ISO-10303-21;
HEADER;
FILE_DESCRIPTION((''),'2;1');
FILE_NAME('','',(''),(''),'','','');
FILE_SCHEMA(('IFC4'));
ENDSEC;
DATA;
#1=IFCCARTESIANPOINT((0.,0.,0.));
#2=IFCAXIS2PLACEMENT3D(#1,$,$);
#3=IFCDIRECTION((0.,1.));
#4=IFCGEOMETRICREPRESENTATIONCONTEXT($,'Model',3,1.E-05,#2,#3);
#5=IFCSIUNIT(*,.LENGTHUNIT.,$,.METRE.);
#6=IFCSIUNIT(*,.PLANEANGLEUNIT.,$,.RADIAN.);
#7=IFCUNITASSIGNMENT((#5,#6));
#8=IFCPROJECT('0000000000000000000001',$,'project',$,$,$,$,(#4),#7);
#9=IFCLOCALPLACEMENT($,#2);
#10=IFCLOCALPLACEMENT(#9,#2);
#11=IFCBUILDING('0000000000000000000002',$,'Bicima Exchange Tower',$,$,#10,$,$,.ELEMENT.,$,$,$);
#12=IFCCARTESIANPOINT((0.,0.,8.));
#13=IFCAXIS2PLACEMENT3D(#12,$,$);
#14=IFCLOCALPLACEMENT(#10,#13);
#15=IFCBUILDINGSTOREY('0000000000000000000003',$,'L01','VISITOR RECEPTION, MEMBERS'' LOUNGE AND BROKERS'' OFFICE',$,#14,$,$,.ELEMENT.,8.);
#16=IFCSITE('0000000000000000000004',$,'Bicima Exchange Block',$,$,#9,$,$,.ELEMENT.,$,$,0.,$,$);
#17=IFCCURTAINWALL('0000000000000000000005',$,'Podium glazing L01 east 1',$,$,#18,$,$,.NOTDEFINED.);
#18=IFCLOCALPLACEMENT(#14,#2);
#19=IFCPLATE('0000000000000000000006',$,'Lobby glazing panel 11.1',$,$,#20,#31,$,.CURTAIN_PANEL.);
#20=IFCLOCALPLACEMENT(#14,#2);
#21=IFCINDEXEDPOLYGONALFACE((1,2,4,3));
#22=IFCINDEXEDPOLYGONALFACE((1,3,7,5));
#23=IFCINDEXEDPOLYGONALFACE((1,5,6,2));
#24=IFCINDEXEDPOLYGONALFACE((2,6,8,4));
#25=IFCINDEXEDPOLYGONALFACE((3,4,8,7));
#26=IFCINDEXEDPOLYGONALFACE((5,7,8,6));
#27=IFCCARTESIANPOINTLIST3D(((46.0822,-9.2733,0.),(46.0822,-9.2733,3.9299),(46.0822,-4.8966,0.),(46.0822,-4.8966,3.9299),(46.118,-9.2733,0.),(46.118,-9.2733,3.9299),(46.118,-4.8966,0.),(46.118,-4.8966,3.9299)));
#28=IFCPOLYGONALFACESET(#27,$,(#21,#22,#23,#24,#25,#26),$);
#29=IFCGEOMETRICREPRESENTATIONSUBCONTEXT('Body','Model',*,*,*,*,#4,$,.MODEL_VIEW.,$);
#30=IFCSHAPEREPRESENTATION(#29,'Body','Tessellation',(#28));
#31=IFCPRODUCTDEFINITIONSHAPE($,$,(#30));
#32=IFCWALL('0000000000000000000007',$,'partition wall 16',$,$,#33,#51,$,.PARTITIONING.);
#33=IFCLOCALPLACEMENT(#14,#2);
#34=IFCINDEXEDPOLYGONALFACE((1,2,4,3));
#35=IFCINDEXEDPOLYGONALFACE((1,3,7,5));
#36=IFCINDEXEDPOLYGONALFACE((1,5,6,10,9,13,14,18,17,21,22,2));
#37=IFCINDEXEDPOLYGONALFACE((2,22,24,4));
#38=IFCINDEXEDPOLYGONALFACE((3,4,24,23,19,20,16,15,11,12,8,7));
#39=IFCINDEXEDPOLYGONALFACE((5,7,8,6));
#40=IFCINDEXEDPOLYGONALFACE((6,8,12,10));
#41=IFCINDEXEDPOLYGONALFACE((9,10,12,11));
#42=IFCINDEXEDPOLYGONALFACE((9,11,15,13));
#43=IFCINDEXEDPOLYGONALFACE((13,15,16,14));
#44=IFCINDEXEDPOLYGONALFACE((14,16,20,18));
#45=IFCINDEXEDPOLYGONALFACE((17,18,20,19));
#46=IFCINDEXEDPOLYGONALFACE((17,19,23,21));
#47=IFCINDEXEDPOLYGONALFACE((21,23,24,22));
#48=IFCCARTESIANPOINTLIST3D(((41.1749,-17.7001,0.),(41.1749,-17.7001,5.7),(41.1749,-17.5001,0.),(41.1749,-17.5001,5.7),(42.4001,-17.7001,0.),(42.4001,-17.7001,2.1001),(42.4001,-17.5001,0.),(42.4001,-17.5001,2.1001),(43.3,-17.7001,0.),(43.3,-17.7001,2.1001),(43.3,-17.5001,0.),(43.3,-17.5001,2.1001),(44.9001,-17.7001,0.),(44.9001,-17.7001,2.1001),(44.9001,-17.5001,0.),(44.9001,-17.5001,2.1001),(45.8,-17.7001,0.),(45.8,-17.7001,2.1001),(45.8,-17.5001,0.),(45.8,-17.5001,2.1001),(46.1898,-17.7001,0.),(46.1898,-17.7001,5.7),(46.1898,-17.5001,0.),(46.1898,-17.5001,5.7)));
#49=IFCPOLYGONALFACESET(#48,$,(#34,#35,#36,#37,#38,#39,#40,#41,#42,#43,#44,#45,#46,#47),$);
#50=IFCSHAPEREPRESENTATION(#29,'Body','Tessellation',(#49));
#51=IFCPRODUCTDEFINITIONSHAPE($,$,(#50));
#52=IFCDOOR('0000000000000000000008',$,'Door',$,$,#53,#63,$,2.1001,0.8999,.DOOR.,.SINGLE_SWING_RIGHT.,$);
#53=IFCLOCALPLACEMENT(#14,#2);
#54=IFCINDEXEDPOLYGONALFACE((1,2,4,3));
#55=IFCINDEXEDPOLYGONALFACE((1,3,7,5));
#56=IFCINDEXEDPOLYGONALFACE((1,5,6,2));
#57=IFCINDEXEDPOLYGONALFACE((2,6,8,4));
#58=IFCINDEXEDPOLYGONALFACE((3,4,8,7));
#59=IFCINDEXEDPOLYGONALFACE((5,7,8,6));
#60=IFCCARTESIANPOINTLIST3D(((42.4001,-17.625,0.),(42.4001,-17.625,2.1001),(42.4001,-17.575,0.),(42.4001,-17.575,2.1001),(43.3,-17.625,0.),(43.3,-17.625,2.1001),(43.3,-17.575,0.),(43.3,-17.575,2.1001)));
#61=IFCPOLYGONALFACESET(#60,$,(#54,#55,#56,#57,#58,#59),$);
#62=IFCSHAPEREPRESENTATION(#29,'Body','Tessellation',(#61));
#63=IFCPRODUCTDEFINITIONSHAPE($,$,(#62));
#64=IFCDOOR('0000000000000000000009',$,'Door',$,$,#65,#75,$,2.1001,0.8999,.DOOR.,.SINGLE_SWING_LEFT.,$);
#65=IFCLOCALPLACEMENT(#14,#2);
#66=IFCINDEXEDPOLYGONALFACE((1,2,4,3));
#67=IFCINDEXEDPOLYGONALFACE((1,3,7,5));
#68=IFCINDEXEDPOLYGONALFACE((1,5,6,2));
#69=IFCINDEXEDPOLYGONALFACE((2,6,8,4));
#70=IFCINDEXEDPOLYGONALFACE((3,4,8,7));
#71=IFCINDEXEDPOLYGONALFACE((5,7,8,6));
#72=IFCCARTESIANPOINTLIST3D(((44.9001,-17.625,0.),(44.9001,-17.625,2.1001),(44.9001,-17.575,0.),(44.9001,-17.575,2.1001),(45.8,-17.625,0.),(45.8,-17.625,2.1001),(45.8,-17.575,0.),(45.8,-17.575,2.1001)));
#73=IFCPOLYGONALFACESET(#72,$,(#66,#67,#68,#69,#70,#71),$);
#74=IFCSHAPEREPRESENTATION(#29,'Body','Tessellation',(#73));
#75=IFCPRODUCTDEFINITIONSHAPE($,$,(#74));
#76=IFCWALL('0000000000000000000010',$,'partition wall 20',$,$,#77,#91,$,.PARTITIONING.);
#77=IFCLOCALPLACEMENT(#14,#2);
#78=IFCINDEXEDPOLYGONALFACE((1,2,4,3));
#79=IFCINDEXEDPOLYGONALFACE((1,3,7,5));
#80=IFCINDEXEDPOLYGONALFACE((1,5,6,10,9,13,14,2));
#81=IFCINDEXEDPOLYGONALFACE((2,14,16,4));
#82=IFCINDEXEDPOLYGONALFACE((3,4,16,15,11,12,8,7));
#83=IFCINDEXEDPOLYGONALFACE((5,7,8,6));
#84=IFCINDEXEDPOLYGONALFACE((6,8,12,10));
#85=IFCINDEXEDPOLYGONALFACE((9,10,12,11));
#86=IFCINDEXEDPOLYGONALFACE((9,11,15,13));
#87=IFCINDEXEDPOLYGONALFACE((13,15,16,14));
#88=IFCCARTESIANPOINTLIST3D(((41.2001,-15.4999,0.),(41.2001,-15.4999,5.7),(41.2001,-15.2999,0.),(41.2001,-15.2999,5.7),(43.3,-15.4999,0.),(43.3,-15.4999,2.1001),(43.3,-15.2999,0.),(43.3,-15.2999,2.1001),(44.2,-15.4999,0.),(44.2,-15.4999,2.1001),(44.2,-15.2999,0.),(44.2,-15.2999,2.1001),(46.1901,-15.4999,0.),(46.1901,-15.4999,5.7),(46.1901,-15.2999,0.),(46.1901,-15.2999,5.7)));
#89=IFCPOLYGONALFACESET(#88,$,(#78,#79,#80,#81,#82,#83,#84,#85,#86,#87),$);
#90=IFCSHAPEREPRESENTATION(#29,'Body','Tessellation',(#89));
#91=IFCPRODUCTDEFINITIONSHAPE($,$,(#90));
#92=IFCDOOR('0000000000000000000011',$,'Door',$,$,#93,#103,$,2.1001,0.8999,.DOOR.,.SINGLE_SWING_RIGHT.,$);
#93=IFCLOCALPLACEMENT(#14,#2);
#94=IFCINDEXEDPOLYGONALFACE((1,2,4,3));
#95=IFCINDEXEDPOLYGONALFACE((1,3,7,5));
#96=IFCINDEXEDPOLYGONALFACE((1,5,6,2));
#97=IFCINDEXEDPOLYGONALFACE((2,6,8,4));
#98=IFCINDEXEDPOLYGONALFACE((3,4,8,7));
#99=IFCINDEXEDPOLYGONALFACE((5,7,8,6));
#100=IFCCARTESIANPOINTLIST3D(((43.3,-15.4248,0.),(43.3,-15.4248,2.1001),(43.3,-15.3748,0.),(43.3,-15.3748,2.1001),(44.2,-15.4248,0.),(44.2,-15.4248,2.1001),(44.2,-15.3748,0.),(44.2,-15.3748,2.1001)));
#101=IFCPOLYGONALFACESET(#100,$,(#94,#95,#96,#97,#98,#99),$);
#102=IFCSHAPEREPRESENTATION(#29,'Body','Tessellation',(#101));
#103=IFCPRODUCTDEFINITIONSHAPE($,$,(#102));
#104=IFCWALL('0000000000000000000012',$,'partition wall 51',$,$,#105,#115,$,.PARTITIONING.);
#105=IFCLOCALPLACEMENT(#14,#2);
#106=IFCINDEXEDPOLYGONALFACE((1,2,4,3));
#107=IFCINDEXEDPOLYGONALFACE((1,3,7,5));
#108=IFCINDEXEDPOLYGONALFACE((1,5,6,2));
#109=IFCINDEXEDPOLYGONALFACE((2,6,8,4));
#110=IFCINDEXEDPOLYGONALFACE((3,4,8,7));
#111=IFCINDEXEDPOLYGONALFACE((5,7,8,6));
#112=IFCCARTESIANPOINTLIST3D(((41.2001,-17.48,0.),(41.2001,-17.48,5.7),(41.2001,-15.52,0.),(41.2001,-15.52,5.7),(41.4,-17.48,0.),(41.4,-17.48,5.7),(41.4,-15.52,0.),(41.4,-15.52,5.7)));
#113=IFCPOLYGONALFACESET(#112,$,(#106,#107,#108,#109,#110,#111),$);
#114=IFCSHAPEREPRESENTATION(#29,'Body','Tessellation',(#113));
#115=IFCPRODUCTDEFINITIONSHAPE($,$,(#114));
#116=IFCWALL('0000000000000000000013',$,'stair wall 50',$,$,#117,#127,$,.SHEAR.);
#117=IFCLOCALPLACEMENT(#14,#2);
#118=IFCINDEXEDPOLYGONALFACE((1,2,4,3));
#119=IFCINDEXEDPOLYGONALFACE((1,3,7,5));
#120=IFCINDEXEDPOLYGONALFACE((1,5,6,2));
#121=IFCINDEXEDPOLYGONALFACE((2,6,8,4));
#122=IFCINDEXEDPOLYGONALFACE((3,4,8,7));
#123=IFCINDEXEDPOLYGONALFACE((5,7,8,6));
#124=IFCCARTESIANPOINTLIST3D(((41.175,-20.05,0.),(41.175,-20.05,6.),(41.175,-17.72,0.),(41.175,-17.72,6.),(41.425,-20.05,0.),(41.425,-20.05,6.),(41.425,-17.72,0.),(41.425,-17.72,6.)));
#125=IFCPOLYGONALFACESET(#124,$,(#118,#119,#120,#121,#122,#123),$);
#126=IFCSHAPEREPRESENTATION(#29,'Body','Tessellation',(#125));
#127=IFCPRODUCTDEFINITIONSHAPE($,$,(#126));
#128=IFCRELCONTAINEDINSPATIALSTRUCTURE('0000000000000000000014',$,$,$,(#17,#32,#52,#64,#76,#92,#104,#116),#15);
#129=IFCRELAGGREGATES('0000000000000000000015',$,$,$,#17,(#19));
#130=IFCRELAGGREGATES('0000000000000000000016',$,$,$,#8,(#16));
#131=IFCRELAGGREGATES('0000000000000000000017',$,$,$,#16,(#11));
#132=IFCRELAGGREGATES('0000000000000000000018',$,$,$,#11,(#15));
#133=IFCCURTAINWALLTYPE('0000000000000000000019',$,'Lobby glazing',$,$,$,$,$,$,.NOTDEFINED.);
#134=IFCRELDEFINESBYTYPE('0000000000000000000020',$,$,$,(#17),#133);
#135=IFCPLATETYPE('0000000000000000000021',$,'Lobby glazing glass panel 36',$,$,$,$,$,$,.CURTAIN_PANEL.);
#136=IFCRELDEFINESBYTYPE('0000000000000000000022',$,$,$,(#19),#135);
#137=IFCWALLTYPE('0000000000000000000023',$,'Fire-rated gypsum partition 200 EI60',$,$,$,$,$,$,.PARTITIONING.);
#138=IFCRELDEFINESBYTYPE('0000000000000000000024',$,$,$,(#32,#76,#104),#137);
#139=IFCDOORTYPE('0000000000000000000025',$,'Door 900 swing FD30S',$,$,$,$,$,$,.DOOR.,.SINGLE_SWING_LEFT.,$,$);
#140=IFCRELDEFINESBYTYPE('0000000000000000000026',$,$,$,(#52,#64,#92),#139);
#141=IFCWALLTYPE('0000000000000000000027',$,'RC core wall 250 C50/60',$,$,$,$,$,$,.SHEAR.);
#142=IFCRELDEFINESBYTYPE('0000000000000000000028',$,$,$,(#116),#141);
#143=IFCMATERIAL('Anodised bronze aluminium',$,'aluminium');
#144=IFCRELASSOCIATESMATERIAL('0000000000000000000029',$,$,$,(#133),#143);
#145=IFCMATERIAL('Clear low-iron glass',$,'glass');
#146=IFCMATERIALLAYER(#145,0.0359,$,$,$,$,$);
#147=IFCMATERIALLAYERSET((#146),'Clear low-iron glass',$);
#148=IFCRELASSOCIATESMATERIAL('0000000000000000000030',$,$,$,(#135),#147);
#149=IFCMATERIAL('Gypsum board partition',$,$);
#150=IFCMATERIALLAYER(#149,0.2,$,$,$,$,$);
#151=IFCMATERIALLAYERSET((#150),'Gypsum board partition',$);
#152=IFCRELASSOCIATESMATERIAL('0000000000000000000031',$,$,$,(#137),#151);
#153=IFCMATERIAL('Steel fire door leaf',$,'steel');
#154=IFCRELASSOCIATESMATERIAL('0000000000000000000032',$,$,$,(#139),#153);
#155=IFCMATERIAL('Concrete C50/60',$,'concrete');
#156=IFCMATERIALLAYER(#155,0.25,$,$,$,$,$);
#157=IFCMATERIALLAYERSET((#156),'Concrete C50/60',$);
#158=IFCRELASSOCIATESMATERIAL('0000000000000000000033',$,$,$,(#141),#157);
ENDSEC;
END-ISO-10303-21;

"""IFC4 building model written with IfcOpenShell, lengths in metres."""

from ifc_helpers import new_model, si_unit, direction, frame, frame_2d, origin, origin_2d, place, context, subcontext, project, spatial, rectangle, extrude, material, layer, layer_set, type_object, element, fill, aggregate, save


model = new_model("IFC4")

# Units and contexts
model_context = context("Model", 3, precision=1e-05, world=origin(), true_north=direction((0.0, 1.0)))
body_context = subcontext(model_context, "Body", "Model", "MODEL_VIEW")
ifc_project = project(units=[si_unit("LENGTHUNIT", "METRE"), si_unit("PLANEANGLEUNIT", "RADIAN")], contexts=[model_context])

# Site, building, storey
site_placement = place(None, origin())
site = spatial("IfcSite", under=ifc_project, at=site_placement, Name="Bicima Exchange Block", CompositionType="ELEMENT", RefElevation=0.0)
building_placement = place(site_placement, origin())
building = spatial("IfcBuilding", under=site, at=building_placement, Name="Bicima Exchange Tower", CompositionType="ELEMENT")
storey_placement = place(building_placement, frame((0.0, 0.0, 8.0)))
storey = spatial("IfcBuildingStorey", under=building, at=storey_placement, Name="L01", Description="VISITOR RECEPTION, MEMBERS' LOUNGE AND BROKERS' OFFICE", CompositionType="ELEMENT", Elevation=8.0)

# Curtain wall, plate
ifc_material_1 = material(Name="Anodised bronze aluminium", Category="aluminium")
curtain_wall_type = type_object("IfcCurtainWallType", Name="Lobby glazing", PredefinedType="NOTDEFINED", material=ifc_material_1)
curtain_wall_placement = place(storey_placement, origin())
curtain_wall = element("IfcCurtainWall", 1, at=curtain_wall_placement, inside=storey, type_object=curtain_wall_type, Name="Podium glazing L01 east 1", PredefinedType="NOTDEFINED")
ifc_material_2 = material(Name="Clear low-iron glass", Category="glass")
ifc_layer_1 = layer(ifc_material_2, 0.0359)
ifc_layer_set_1 = layer_set([ifc_layer_1], Name="Clear low-iron glass")
plate_type = type_object("IfcPlateType", Name="Lobby glazing glass panel 36", PredefinedType="CURTAIN_PANEL", material=ifc_layer_set_1)
plate_1_placement = place(storey_placement, frame((46.1001, -7.085, 0.0), z_axis=(0.0, 0.0, 1.0), x_axis=(0.0, 1.0, 0.0)))
plate_1 = element("IfcPlate", 2, at=plate_1_placement, type_object=plate_type, Name="Lobby glazing panel 11.1", PredefinedType="CURTAIN_PANEL", context=body_context, shape_type="SweptSolid", body=[
    extrude(rectangle(XDim=4.3767, YDim=0.0359, at=origin_2d()), origin(), (0.0, 0.0, 1.0), 3.9299),
])
aggregate(curtain_wall, [plate_1])

# Wall, openings, doors
ifc_material_3 = material(Name="Gypsum board partition")
ifc_layer_2 = layer(ifc_material_3, 0.2)
ifc_layer_set_2 = layer_set([ifc_layer_2], Name="Gypsum board partition")
wall_type_1 = type_object("IfcWallType", Name="Fire-rated gypsum partition 200 EI60", PredefinedType="PARTITIONING", material=ifc_layer_set_2)
wall_1_placement = place(storey_placement, frame((41.175, -17.6001, 0.0), z_axis=(0.0, 0.0, 1.0), x_axis=(1.0, 0.0, 0.0)))
wall_1 = element("IfcWall", 3, at=wall_1_placement, inside=storey, type_object=wall_type_1, Name="partition wall 16", PredefinedType="PARTITIONING", context=body_context, shape_type="SweptSolid", body=[
    extrude(rectangle(XDim=5.0149, YDim=0.2, at=frame_2d((2.5073, 0.0))), origin(), (0.0, 0.0, 1.0), 5.7),
])
opening_1_placement = place(wall_1_placement, frame((1.2251, 0.0, 0.0)))
opening_1 = element("IfcOpeningElement", 4, at=opening_1_placement, cuts=wall_1, PredefinedType="OPENING", context=body_context, shape_type="SweptSolid", body=[
    extrude(rectangle(XDim=0.8999, YDim=2.1001, at=frame_2d((0.45, 1.05))), frame((0.0, 0.1118, 0.0), z_axis=(0.0, -1.0, 0.0), x_axis=(1.0, 0.0, 0.0)), (0.0, 0.0, 1.0), 0.2239),
])
opening_2_placement = place(wall_1_placement, frame((3.7251, 0.0, 0.0)))
opening_2 = element("IfcOpeningElement", 5, at=opening_2_placement, cuts=wall_1, PredefinedType="OPENING", context=body_context, shape_type="SweptSolid", body=[
    extrude(rectangle(XDim=0.8999, YDim=2.1001, at=frame_2d((0.45, 1.05))), frame((0.0, 0.1118, 0.0), z_axis=(0.0, -1.0, 0.0), x_axis=(1.0, 0.0, 0.0)), (0.0, 0.0, 1.0), 0.2239),
])
ifc_material_4 = material(Name="Steel fire door leaf", Category="steel")
door_type = type_object("IfcDoorType", Name="Door 900 swing FD30S", OperationType="SINGLE_SWING_LEFT", PredefinedType="DOOR", material=ifc_material_4)
door_1_placement = place(opening_1_placement, frame((0.8999, 0.0, 0.0), z_axis=(0.0, 0.0, 1.0), x_axis=(-1.0, 0.0, 0.0)))
door_1 = element("IfcDoor", 6, at=door_1_placement, inside=storey, type_object=door_type, Name="Door", OperationType="SINGLE_SWING_RIGHT", OverallHeight=2.1001, OverallWidth=0.8999, PredefinedType="DOOR", context=body_context, shape_type="SweptSolid", body=[
    extrude(rectangle(XDim=0.8999, YDim=2.1001, at=frame_2d((0.45, 1.05))), frame((0.0, 0.0249, 0.0), z_axis=(0.0, -1.0, 0.0), x_axis=(1.0, 0.0, 0.0)), (0.0, 0.0, 1.0), 0.05),
])
fill(opening_1, door_1)
door_2_placement = place(opening_2_placement, frame((0.8999, 0.0, 0.0), z_axis=(0.0, 0.0, 1.0), x_axis=(-1.0, 0.0, 0.0)))
door_2 = element("IfcDoor", 7, at=door_2_placement, inside=storey, type_object=door_type, Name="Door", OperationType="SINGLE_SWING_LEFT", OverallHeight=2.1001, OverallWidth=0.8999, PredefinedType="DOOR", context=body_context, shape_type="SweptSolid", body=[
    extrude(rectangle(XDim=0.8999, YDim=2.1001, at=frame_2d((0.45, 1.05))), frame((0.0, 0.0249, 0.0), z_axis=(0.0, -1.0, 0.0), x_axis=(1.0, 0.0, 0.0)), (0.0, 0.0, 1.0), 0.05),
])
fill(opening_2, door_2)

# Wall, opening, door
wall_2_placement = place(storey_placement, frame((41.2, -15.3999, 0.0), z_axis=(0.0, 0.0, 1.0), x_axis=(1.0, 0.0, 0.0)))
wall_2 = element("IfcWall", 8, at=wall_2_placement, inside=storey, type_object=wall_type_1, Name="partition wall 20", PredefinedType="PARTITIONING", context=body_context, shape_type="SweptSolid", body=[
    extrude(rectangle(XDim=4.99, YDim=0.2, at=frame_2d((2.4951, 0.0))), origin(), (0.0, 0.0, 1.0), 5.7),
])
opening_3_placement = place(wall_2_placement, frame((2.1001, 0.0, 0.0)))
opening_3 = element("IfcOpeningElement", 9, at=opening_3_placement, cuts=wall_2, PredefinedType="OPENING", context=body_context, shape_type="SweptSolid", body=[
    extrude(rectangle(XDim=0.8999, YDim=2.1001, at=frame_2d((0.45, 1.05))), frame((0.0, 0.1118, 0.0), z_axis=(0.0, -1.0, 0.0), x_axis=(1.0, 0.0, 0.0)), (0.0, 0.0, 1.0), 0.2239),
])
door_3_placement = place(opening_3_placement, frame((0.8999, 0.0, 0.0), z_axis=(0.0, 0.0, 1.0), x_axis=(-1.0, 0.0, 0.0)))
door_3 = element("IfcDoor", 10, at=door_3_placement, inside=storey, type_object=door_type, Name="Door", OperationType="SINGLE_SWING_RIGHT", OverallHeight=2.1001, OverallWidth=0.8999, PredefinedType="DOOR", context=body_context, shape_type="SweptSolid", body=[
    extrude(rectangle(XDim=0.8999, YDim=2.1001, at=frame_2d((0.45, 1.05))), frame((0.0, 0.0249, 0.0), z_axis=(0.0, -1.0, 0.0), x_axis=(1.0, 0.0, 0.0)), (0.0, 0.0, 1.0), 0.05),
])
fill(opening_3, door_3)

# Walls
wall_3_placement = place(storey_placement, frame((41.3, -17.48, 0.0), z_axis=(0.0, 0.0, 1.0), x_axis=(0.0, 1.0, 0.0)))
element("IfcWall", 11, at=wall_3_placement, inside=storey, type_object=wall_type_1, Name="partition wall 51", PredefinedType="PARTITIONING", context=body_context, shape_type="SweptSolid", body=[
    extrude(rectangle(XDim=1.96, YDim=0.2, at=frame_2d((0.98, 0.0))), origin(), (0.0, 0.0, 1.0), 5.7),
])
ifc_material_5 = material(Name="Concrete C50/60", Category="concrete")
ifc_layer_3 = layer(ifc_material_5, 0.25)
ifc_layer_set_3 = layer_set([ifc_layer_3], Name="Concrete C50/60")
wall_type_2 = type_object("IfcWallType", Name="RC core wall 250 C50/60", PredefinedType="SHEAR", material=ifc_layer_set_3)
wall_4_placement = place(storey_placement, frame((41.3, -20.05, 0.0), z_axis=(0.0, 0.0, 1.0), x_axis=(0.0, 1.0, 0.0)))
element("IfcWall", 12, at=wall_4_placement, inside=storey, type_object=wall_type_2, Name="stair wall 50", PredefinedType="SHEAR", context=body_context, shape_type="SweptSolid", body=[
    extrude(rectangle(XDim=2.3301, YDim=0.25, at=frame_2d((1.165, 0.0))), origin(), (0.0, 0.0, 1.0), 6.0),
])

save(model, "model.ifc")
